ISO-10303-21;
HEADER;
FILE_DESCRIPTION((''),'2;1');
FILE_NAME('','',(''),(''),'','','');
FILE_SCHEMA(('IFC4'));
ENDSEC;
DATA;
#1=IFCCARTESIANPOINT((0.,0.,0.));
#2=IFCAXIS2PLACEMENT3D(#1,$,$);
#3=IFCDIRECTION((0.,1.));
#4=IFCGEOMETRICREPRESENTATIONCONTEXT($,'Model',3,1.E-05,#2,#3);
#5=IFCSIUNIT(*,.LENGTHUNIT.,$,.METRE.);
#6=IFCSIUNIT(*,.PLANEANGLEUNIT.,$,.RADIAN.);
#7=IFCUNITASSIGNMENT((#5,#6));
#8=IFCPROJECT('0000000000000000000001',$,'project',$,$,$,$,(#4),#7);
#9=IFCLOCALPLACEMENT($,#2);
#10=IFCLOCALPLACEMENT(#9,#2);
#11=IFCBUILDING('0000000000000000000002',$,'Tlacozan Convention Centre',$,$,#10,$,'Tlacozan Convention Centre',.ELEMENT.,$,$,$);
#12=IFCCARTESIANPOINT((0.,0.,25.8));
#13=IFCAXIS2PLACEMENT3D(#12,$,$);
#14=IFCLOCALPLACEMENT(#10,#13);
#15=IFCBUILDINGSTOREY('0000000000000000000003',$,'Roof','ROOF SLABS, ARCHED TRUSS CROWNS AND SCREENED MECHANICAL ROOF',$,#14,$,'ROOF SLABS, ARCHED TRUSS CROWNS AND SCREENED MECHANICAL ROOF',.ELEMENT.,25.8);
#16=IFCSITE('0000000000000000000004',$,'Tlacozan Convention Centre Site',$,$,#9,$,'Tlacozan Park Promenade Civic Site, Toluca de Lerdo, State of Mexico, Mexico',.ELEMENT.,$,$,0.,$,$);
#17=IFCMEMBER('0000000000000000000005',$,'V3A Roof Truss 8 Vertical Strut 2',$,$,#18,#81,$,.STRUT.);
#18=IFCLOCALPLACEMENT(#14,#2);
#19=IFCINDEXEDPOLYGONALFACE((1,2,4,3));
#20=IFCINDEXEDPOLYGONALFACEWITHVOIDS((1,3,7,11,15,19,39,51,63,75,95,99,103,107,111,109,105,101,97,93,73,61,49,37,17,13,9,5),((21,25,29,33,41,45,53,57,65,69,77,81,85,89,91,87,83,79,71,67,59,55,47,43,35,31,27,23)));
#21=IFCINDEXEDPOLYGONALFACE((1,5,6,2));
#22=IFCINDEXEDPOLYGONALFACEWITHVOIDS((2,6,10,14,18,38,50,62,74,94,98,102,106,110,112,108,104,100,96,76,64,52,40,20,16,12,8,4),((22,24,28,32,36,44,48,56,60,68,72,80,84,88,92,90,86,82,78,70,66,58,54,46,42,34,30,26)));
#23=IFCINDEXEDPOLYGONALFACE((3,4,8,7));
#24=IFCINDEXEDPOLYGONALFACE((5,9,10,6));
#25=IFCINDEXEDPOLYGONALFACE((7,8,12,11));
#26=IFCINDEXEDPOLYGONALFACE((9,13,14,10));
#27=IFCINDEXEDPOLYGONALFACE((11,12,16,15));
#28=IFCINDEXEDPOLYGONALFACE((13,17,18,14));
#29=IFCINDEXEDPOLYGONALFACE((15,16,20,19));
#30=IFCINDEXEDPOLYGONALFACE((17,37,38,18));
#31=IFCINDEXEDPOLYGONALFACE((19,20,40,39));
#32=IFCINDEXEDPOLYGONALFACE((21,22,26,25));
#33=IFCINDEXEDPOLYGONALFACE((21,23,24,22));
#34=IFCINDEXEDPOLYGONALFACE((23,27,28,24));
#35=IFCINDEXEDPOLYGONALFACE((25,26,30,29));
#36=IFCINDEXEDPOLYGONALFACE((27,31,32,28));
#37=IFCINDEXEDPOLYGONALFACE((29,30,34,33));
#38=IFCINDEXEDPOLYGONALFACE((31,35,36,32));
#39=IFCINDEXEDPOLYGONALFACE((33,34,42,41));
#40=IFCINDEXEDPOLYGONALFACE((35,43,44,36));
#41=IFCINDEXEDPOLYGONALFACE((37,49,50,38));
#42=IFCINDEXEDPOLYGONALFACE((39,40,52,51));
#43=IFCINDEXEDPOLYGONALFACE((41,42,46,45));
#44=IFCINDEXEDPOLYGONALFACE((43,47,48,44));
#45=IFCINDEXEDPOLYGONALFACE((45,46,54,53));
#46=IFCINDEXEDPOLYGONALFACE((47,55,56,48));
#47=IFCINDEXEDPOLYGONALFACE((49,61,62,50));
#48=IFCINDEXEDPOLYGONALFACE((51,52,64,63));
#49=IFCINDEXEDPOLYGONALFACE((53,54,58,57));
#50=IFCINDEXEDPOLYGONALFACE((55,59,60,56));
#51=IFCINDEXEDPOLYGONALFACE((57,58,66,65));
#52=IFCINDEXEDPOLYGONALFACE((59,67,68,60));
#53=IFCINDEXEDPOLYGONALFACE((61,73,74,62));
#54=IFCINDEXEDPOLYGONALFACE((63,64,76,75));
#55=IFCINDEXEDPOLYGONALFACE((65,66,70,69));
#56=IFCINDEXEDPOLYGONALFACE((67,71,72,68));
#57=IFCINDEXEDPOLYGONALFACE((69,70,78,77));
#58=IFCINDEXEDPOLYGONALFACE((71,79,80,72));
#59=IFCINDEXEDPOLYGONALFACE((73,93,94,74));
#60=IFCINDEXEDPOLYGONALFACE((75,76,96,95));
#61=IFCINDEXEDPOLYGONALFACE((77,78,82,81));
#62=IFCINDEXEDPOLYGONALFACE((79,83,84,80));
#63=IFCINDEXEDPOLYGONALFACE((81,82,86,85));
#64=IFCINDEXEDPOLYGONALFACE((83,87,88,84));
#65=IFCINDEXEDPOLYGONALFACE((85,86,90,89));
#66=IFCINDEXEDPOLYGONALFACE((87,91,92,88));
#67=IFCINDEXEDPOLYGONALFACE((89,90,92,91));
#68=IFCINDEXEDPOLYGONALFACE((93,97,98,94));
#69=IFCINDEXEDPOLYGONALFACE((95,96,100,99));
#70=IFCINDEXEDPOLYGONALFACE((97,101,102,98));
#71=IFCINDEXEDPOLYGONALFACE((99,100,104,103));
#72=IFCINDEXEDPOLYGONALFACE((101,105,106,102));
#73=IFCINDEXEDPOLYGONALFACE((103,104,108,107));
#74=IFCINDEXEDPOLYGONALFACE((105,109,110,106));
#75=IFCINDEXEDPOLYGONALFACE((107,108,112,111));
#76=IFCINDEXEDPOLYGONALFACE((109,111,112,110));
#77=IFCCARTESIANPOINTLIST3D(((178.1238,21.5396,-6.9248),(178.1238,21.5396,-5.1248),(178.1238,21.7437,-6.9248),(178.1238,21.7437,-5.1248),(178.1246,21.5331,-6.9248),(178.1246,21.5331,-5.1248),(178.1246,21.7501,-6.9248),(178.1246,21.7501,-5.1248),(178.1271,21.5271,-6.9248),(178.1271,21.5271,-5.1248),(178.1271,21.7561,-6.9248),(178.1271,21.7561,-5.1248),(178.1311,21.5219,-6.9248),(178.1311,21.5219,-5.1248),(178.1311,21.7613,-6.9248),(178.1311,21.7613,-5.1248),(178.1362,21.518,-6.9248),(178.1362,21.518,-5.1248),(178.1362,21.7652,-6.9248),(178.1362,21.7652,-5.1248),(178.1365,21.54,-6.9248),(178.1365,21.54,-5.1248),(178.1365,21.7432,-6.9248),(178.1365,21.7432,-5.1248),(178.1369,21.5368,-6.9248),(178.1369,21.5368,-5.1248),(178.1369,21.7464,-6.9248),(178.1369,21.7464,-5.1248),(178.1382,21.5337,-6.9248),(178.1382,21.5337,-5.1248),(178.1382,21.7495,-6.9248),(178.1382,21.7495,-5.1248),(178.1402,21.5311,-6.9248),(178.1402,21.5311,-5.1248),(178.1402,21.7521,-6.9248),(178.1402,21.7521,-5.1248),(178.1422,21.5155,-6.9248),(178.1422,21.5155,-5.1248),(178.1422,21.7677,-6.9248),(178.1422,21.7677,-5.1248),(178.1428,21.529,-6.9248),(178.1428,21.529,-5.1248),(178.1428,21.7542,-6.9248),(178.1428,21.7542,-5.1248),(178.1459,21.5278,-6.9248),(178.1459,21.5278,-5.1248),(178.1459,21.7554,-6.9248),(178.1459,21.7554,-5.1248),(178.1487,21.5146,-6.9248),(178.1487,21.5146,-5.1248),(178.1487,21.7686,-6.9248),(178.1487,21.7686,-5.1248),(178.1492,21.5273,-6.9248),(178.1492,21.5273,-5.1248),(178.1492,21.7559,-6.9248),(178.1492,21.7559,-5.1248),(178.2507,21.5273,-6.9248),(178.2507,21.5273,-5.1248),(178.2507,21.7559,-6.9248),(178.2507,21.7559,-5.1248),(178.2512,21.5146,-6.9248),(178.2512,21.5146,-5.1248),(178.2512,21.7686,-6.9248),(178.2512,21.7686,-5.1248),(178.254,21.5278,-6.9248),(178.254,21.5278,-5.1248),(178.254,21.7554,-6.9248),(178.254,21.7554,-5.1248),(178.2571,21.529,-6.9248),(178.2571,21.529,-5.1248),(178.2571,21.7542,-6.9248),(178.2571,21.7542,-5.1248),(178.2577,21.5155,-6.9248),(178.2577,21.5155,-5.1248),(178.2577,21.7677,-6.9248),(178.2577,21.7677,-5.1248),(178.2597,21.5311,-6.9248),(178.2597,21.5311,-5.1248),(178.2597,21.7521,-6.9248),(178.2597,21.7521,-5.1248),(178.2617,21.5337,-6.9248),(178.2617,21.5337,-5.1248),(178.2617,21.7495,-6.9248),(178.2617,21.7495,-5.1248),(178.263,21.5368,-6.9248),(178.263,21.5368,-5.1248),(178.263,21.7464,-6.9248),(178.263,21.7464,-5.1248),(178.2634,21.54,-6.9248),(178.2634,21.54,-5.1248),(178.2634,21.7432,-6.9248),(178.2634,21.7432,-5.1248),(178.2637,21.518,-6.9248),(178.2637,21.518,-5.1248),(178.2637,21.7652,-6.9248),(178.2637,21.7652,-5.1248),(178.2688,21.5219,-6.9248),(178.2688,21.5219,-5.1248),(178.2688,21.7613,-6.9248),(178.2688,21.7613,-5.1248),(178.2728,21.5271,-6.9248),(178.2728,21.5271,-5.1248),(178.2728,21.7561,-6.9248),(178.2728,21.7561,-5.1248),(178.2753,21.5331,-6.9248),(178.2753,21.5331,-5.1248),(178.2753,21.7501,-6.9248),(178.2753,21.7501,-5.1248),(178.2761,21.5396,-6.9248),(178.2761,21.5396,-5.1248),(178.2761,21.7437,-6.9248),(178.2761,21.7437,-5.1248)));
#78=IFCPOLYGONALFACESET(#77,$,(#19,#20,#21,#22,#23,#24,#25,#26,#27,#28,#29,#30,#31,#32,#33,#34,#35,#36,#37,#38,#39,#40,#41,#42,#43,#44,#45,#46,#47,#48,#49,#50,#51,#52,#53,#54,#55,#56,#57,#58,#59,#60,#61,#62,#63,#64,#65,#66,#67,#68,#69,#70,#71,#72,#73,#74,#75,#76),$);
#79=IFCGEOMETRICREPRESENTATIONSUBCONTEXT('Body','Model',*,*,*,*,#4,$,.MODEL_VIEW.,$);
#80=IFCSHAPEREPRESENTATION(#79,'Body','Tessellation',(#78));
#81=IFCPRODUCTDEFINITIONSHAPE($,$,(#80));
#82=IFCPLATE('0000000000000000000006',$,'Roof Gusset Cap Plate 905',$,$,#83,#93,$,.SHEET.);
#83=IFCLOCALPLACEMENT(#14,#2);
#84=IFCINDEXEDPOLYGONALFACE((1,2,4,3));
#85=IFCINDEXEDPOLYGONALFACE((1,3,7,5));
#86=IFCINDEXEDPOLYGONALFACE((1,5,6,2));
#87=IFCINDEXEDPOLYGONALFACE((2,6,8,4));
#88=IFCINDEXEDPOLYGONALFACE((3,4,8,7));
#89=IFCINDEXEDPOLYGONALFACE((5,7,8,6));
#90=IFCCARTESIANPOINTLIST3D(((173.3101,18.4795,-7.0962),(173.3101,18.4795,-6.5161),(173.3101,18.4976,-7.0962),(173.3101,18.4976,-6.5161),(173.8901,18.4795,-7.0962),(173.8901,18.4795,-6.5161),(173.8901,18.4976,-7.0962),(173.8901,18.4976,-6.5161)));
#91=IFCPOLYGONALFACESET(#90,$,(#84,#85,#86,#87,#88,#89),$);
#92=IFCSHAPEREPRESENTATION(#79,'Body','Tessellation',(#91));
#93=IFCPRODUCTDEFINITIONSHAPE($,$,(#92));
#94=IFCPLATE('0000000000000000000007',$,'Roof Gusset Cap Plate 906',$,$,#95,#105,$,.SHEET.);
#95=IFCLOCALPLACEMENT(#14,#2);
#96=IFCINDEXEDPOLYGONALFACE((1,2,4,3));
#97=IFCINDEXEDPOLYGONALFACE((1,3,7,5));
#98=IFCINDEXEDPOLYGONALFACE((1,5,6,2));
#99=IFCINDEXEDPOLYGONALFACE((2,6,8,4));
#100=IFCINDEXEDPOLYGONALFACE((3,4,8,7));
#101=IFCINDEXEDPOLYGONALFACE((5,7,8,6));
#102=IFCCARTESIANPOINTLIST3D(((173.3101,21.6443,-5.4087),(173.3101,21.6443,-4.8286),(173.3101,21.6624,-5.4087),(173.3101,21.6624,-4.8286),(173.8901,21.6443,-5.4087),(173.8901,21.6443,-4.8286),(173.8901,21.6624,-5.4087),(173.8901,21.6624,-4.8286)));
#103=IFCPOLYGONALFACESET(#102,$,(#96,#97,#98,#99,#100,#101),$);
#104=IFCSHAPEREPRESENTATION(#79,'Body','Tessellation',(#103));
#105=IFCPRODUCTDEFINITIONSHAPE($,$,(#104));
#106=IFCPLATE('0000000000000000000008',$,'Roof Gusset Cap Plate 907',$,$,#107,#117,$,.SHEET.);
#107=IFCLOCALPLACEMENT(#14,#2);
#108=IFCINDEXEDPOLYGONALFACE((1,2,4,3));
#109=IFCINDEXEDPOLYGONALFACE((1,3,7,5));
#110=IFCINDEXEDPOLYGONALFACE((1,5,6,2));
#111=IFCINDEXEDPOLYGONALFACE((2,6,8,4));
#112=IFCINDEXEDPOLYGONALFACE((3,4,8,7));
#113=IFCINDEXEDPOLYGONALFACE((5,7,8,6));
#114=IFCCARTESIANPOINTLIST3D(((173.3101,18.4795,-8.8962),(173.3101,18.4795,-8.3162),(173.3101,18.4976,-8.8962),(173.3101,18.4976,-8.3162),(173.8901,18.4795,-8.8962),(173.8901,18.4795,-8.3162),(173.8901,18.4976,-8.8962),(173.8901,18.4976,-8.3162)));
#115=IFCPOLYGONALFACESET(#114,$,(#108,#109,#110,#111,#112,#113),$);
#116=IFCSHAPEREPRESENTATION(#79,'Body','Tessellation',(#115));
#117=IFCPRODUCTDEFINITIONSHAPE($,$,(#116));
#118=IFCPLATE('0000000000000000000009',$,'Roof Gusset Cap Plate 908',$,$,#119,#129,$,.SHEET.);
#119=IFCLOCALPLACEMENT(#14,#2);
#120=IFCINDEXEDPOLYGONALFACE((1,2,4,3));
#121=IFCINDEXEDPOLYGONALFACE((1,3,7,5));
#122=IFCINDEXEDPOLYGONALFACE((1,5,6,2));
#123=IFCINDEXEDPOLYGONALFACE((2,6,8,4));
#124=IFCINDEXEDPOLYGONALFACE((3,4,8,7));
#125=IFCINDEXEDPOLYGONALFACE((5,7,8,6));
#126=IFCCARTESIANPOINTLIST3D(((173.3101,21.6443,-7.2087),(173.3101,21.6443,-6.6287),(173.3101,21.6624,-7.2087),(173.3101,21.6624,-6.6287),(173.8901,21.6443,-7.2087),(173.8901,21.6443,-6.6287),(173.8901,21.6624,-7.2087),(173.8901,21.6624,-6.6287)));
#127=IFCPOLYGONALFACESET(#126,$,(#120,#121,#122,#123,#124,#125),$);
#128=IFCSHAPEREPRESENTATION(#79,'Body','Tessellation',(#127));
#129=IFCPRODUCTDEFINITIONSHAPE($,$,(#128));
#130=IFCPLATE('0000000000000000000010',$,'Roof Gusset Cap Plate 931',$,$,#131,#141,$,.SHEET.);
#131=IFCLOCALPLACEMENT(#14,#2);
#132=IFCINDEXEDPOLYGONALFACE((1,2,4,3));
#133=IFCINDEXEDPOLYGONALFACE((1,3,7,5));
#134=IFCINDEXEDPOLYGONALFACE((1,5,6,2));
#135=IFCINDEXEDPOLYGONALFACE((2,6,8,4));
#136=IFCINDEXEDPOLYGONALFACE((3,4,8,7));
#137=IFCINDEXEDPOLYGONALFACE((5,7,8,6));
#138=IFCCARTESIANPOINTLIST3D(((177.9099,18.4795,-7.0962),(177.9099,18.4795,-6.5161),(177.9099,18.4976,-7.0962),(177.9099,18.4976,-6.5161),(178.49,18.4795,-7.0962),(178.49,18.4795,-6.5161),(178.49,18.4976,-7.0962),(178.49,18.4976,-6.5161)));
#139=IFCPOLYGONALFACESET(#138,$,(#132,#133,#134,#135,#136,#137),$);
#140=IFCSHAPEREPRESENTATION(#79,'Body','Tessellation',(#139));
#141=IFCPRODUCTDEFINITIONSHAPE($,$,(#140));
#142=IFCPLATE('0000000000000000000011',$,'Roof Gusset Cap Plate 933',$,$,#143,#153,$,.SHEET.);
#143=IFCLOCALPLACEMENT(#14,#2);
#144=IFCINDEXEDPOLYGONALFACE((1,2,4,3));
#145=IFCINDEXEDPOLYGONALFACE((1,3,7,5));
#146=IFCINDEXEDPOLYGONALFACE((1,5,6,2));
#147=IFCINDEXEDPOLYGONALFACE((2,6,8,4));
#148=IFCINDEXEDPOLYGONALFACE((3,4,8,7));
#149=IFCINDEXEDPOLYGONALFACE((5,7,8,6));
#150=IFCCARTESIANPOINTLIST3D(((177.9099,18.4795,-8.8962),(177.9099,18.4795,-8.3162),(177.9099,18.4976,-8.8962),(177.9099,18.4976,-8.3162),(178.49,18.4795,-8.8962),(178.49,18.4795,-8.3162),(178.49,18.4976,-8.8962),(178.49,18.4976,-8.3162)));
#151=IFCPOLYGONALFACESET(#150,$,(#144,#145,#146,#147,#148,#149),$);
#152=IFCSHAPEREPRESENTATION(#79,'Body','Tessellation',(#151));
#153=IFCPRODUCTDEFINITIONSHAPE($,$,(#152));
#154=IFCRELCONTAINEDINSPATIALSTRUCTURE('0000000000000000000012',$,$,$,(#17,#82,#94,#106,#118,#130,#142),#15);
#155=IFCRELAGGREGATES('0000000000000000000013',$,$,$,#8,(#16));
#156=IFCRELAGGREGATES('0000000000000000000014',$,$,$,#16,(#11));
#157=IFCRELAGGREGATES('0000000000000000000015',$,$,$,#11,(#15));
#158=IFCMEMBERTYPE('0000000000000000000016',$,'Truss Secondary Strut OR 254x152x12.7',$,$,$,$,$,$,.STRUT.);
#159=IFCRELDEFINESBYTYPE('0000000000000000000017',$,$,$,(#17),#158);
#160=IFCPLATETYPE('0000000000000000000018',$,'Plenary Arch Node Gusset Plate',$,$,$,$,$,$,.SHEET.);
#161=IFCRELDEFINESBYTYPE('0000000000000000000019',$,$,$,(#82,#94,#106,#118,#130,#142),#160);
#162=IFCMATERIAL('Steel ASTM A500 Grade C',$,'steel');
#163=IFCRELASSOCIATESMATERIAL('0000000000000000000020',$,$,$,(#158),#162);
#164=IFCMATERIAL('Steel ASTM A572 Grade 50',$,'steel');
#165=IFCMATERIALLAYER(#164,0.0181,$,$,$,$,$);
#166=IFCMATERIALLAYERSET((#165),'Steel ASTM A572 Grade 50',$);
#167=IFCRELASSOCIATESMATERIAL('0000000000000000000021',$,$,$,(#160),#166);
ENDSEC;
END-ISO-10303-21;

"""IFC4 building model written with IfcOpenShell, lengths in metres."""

from ifc_helpers import new_model, si_unit, direction, frame, origin, origin_2d, place, context, subcontext, project, spatial, rectangle, hollow_rectangle, extrude, material, layer, layer_set, material_profile, profile_set, type_object, element, save


model = new_model("IFC4")

# Units and contexts
model_context = context("Model", 3, precision=1e-05, world=origin(), true_north=direction((0.0, 1.0)))
body_context = subcontext(model_context, "Body", "Model", "MODEL_VIEW")
ifc_project = project(units=[si_unit("LENGTHUNIT", "METRE"), si_unit("PLANEANGLEUNIT", "RADIAN")], contexts=[model_context])

# Site, building, storey
site_placement = place(None, origin())
site = spatial("IfcSite", under=ifc_project, at=site_placement, Name="Tlacozan Convention Centre Site", LongName="Tlacozan Park Promenade Civic Site, Toluca de Lerdo, State of Mexico, Mexico", CompositionType="ELEMENT", RefElevation=0.0)
building_placement = place(site_placement, origin())
building = spatial("IfcBuilding", under=site, at=building_placement, Name="Tlacozan Convention Centre", LongName="Tlacozan Convention Centre", CompositionType="ELEMENT")
storey_placement = place(building_placement, frame((0.0, 0.0, 25.8)))
storey = spatial("IfcBuildingStorey", under=building, at=storey_placement, Name="Roof", Description="ROOF SLABS, ARCHED TRUSS CROWNS AND SCREENED MECHANICAL ROOF", LongName="ROOF SLABS, ARCHED TRUSS CROWNS AND SCREENED MECHANICAL ROOF", CompositionType="ELEMENT", Elevation=25.8)

# Member
ifc_material_1 = material(Name="Steel ASTM A500 Grade C", Category="steel")
ifc_material_profile_1 = material_profile(ifc_material_1, hollow_rectangle(XDim=0.1523, YDim=0.2539, WallThickness=0.0127, InnerFilletRadius=0.0127, OuterFilletRadius=0.0249, at=origin_2d()), Name="OR 254x152x12.7")
ifc_profile_set_1 = profile_set([ifc_material_profile_1], Name="Steel ASTM A500 Grade C")
member_type_1 = type_object("IfcMemberType", Name="Truss Secondary Strut OR 254x152x12.7", PredefinedType="STRUT", material=ifc_profile_set_1)
for number, where, z_axis, x_axis, name in (
    (1, (178.2, 21.6416, -6.9248), (0.0, 0.0, 1.0), (1.0, 0.0, 0.0), "V3A Roof Truss 8 Vertical Strut 2"),
):
    element("IfcMember", number, at=place(storey_placement, frame(where, z_axis=z_axis, x_axis=x_axis)), inside=storey, type_object=member_type_1, Name=name, PredefinedType="STRUT", context=body_context, shape_type="SweptSolid", body=[
        extrude(hollow_rectangle(XDim=0.1523, YDim=0.2539, WallThickness=0.0127, InnerFilletRadius=0.0127, OuterFilletRadius=0.0249, at=origin_2d()), origin(), (0.0, 0.0, 1.0), 1.8),
    ])

# Plates
ifc_material_2 = material(Name="Steel ASTM A572 Grade 50", Category="steel")
ifc_layer = layer(ifc_material_2, 0.0181)
ifc_layer_set = layer_set([ifc_layer], Name="Steel ASTM A572 Grade 50")
plate_type = type_object("IfcPlateType", Name="Plenary Arch Node Gusset Plate", PredefinedType="SHEET", material=ifc_layer_set)
for number, where, z_axis, x_axis, name in (
    (2, (173.6001, 18.4885, -7.0962), (0.0, 0.0, 1.0), (0.0, 1.0, 0.0), "Roof Gusset Cap Plate 905"),
    (3, (173.6001, 21.6533, -5.4087), (0.0, 0.0, 1.0), (0.0, 1.0, 0.0), "Roof Gusset Cap Plate 906"),
    (4, (173.6001, 18.4885, -8.8962), (0.0, 0.0, 1.0), (0.0, 1.0, 0.0), "Roof Gusset Cap Plate 907"),
    (5, (173.6001, 21.6533, -7.2087), (0.0, 0.0, 1.0), (0.0, 1.0, 0.0), "Roof Gusset Cap Plate 908"),
    (6, (178.2, 18.4885, -7.0962), (0.0, 0.0, 1.0), (0.0, 1.0, 0.0), "Roof Gusset Cap Plate 931"),
    (7, (178.2, 18.4885, -8.8962), (0.0, 0.0, 1.0), (0.0, 1.0, 0.0), "Roof Gusset Cap Plate 933"),
):
    element("IfcPlate", number, at=place(storey_placement, frame(where, z_axis=z_axis, x_axis=x_axis)), inside=storey, type_object=plate_type, Name=name, PredefinedType="SHEET", context=body_context, shape_type="SweptSolid", body=[
        extrude(rectangle(XDim=0.0181, YDim=0.5801, at=origin_2d()), origin(), (0.0, 0.0, 1.0), 0.5801),
    ])

save(model, "model.ifc")
